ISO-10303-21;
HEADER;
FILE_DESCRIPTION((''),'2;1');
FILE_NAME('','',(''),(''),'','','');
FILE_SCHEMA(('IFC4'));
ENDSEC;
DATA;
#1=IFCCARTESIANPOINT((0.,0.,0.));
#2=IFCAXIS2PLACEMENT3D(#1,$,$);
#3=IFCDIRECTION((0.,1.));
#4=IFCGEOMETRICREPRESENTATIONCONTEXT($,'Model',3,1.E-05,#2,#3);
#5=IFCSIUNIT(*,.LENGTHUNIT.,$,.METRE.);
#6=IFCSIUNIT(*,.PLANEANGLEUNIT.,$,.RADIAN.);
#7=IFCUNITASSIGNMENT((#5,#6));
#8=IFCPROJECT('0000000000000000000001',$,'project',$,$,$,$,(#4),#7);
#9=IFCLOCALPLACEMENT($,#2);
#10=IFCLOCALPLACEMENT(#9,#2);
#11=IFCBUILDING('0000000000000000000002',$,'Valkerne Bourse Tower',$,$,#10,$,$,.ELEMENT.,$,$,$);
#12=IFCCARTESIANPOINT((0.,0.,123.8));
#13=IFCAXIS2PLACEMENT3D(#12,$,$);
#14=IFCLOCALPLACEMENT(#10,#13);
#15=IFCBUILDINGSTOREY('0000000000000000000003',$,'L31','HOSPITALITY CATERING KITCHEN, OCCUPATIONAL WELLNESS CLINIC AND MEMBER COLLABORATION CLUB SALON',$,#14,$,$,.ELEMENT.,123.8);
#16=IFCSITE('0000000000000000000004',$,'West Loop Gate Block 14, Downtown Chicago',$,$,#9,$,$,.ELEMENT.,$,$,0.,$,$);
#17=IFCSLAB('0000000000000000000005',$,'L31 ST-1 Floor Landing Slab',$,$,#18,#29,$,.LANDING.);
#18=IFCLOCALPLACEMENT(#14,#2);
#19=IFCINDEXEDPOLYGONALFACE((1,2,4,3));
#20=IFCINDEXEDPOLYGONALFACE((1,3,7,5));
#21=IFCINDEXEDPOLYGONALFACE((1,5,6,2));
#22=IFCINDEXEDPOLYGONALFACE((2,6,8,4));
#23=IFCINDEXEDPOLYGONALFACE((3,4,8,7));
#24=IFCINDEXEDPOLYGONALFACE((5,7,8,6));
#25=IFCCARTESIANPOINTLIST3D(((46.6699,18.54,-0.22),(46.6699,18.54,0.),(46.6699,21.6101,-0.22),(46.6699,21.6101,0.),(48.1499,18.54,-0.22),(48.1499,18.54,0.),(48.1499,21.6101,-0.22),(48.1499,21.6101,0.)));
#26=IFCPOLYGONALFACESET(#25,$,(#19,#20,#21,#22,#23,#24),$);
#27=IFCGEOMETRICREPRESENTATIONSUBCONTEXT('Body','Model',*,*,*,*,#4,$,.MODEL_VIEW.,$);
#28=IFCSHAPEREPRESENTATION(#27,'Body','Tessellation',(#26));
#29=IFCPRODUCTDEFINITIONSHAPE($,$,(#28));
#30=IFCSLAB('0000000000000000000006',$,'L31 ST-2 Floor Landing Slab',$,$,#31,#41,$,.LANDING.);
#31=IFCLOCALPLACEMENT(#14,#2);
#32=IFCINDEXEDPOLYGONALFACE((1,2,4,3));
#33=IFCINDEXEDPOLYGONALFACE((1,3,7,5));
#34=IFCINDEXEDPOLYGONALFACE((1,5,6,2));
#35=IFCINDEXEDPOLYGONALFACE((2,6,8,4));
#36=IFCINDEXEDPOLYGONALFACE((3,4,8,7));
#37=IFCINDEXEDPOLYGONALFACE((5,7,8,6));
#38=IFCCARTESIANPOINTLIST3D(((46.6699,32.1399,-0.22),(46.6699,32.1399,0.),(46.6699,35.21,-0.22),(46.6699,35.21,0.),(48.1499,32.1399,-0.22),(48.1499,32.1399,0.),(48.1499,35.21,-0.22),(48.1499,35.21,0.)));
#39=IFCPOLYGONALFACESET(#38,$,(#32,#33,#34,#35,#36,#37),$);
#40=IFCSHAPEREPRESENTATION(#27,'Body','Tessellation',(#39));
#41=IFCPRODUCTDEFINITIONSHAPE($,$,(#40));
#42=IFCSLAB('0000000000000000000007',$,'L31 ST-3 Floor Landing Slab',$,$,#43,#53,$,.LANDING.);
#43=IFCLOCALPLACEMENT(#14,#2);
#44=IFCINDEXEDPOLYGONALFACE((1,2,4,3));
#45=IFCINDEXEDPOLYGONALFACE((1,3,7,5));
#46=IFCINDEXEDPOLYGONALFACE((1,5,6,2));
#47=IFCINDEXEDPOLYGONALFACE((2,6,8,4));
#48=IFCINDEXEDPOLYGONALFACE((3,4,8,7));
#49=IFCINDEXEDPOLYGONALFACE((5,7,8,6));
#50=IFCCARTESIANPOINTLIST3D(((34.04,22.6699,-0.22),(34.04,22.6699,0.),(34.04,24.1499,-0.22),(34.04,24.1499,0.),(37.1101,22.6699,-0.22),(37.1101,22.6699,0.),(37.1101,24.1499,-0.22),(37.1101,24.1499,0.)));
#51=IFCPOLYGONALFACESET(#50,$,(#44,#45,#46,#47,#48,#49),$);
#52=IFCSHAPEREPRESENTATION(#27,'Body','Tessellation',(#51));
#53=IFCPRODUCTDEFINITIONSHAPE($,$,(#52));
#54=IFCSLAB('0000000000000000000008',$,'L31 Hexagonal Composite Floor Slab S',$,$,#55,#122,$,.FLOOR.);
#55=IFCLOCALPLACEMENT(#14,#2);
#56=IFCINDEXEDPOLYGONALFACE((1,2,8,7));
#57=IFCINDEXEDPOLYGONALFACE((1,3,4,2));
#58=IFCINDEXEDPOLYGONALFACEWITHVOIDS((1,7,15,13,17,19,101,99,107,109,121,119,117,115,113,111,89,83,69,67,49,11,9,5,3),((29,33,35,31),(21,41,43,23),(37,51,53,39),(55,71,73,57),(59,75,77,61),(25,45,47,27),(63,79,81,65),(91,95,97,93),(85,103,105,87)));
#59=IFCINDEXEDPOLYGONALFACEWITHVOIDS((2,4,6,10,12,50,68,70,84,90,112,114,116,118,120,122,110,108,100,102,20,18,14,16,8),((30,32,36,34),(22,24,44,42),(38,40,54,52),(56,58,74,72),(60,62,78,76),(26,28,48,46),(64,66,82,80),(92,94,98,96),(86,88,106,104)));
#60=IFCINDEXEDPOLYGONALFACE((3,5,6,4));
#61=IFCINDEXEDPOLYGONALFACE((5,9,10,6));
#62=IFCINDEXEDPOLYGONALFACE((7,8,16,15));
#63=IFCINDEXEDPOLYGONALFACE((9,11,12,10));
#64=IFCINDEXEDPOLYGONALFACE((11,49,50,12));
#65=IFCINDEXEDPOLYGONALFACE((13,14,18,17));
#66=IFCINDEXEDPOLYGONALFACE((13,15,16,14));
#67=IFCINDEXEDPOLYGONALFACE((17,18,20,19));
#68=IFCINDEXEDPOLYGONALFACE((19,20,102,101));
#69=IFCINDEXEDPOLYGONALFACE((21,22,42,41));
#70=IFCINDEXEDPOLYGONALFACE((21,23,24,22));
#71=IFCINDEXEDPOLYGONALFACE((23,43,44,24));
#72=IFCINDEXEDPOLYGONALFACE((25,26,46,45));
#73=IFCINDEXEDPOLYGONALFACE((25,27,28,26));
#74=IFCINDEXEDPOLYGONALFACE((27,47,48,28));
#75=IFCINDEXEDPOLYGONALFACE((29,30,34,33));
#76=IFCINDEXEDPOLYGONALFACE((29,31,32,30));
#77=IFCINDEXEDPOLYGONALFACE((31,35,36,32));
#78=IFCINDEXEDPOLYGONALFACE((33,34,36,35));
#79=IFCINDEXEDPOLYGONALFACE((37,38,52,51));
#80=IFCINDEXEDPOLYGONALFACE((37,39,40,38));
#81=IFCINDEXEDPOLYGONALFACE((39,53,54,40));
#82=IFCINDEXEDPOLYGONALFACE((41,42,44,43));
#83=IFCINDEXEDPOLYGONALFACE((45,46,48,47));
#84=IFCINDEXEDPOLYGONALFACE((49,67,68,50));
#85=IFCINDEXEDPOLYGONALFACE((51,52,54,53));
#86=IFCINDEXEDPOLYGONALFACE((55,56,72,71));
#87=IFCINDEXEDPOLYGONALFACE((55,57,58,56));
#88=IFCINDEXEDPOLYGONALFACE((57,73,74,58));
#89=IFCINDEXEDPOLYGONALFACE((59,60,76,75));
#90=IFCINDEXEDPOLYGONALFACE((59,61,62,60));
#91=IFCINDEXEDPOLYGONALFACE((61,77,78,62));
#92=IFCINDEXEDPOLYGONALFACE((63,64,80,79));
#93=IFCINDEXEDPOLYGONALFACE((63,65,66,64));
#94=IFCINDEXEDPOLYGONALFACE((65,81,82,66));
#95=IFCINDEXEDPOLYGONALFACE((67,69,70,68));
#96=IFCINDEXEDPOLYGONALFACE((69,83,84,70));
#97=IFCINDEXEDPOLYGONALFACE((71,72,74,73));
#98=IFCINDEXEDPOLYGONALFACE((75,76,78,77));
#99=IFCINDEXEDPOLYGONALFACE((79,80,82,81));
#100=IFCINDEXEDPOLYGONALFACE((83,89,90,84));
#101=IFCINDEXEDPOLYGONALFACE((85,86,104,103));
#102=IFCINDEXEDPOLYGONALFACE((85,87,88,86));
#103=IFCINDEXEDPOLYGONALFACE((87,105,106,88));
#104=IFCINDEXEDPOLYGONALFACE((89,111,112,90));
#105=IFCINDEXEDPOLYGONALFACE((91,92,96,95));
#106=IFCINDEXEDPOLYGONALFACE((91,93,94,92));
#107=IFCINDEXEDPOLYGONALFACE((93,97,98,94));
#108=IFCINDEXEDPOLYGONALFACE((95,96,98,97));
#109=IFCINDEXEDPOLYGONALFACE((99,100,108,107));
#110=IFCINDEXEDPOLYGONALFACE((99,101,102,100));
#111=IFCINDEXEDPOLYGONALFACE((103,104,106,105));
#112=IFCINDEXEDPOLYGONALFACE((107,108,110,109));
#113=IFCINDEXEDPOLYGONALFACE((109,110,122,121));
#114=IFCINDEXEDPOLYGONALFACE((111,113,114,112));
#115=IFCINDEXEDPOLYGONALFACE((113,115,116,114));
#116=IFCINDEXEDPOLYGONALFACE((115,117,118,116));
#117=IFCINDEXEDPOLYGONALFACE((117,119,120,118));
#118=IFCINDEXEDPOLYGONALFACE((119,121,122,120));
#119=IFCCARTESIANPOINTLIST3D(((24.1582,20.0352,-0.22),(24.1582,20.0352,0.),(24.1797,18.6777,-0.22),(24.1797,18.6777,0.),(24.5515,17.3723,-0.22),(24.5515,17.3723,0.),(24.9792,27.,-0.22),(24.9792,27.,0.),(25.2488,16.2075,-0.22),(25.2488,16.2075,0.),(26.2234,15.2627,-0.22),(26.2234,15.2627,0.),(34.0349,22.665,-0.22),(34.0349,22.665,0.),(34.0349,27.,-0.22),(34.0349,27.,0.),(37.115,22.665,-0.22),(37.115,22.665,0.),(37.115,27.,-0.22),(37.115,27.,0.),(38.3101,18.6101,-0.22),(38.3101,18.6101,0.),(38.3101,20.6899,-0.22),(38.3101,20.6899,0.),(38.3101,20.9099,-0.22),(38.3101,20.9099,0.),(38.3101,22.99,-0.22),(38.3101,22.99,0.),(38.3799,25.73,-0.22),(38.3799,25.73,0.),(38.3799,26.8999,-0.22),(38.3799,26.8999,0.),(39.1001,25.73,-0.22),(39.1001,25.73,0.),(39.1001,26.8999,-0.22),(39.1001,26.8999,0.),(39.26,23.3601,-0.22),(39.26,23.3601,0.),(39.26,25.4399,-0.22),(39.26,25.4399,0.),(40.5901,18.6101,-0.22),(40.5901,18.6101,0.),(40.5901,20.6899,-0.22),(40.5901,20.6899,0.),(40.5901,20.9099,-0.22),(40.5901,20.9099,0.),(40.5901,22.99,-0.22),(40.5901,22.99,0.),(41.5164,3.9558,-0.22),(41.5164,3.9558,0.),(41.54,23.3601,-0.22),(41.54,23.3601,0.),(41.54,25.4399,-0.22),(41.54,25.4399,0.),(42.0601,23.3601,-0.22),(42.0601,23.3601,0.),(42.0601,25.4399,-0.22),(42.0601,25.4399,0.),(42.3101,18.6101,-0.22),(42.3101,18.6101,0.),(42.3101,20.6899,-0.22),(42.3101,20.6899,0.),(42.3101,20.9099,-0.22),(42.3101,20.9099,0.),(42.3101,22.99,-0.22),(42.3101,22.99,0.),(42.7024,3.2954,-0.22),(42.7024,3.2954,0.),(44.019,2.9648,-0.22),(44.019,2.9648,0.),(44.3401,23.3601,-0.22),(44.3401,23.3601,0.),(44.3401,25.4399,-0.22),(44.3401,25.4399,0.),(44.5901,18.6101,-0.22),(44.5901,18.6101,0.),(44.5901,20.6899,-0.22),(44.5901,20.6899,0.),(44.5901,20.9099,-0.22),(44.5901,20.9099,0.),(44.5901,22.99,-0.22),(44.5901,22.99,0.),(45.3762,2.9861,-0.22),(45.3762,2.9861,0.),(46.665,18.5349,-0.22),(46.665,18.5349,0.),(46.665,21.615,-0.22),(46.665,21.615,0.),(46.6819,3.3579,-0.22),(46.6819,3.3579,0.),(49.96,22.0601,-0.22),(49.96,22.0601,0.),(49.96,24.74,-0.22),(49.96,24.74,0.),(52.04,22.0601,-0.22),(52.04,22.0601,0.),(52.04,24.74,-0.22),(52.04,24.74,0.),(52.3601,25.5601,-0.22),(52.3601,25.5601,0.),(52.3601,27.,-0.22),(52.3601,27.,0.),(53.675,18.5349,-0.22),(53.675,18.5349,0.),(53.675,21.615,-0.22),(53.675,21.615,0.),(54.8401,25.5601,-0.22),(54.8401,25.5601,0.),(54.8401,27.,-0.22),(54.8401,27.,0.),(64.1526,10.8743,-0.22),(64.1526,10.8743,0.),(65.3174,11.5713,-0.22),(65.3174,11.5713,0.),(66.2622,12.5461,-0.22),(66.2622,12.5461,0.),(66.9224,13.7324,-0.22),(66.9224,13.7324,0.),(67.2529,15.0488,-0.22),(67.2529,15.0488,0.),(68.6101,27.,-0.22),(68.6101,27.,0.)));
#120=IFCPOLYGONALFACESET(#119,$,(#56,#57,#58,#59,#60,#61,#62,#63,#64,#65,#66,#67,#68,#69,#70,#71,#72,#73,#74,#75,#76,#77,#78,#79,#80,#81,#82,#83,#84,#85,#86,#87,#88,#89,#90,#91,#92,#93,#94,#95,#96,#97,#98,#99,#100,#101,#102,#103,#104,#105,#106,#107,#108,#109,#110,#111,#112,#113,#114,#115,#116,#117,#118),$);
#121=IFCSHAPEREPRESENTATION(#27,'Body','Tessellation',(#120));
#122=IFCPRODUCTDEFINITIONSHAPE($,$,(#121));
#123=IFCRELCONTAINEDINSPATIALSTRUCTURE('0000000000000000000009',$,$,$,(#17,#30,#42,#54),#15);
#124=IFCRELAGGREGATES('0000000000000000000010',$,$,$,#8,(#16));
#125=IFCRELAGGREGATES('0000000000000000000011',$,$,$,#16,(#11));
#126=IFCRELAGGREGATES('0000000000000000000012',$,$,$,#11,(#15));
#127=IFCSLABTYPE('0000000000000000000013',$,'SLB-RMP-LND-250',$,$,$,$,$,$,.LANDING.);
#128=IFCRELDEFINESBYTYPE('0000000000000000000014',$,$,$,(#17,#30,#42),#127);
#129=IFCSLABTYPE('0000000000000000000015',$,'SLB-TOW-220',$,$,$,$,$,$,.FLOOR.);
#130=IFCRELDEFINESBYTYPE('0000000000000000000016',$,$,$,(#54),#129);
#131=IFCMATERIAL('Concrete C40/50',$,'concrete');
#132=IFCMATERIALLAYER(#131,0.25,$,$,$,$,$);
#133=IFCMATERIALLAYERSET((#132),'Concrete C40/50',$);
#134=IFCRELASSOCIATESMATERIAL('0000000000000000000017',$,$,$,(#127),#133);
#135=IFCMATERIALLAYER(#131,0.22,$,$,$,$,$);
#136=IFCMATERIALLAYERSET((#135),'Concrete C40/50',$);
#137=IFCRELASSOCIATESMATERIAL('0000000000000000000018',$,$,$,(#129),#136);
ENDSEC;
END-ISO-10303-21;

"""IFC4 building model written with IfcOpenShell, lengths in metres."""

from ifc_helpers import new_model, si_unit, direction, frame, origin, place, context, subcontext, project, spatial, polyline, outline, extrude, material, layer, layer_set, type_object, element, save


model = new_model("IFC4")

# Units and contexts
model_context = context("Model", 3, precision=1e-05, world=origin(), true_north=direction((0.0, 1.0)))
body_context = subcontext(model_context, "Body", "Model", "MODEL_VIEW")
ifc_project = project(units=[si_unit("LENGTHUNIT", "METRE"), si_unit("PLANEANGLEUNIT", "RADIAN")], contexts=[model_context])

# Site, building, storey
site_placement = place(None, origin())
site = spatial("IfcSite", under=ifc_project, at=site_placement, Name="West Loop Gate Block 14, Downtown Chicago", CompositionType="ELEMENT", RefElevation=0.0)
building_placement = place(site_placement, origin())
building = spatial("IfcBuilding", under=site, at=building_placement, Name="Valkerne Bourse Tower", CompositionType="ELEMENT")
storey_placement = place(building_placement, frame((0.0, 0.0, 123.8)))
storey = spatial("IfcBuildingStorey", under=building, at=storey_placement, Name="L31", Description="HOSPITALITY CATERING KITCHEN, OCCUPATIONAL WELLNESS CLINIC AND MEMBER COLLABORATION CLUB SALON", CompositionType="ELEMENT", Elevation=123.8)

# Slabs
ifc_material_1 = material(Name="Concrete C40/50", Category="concrete")
ifc_layer_1 = layer(ifc_material_1, 0.25)
ifc_layer_set_1 = layer_set([ifc_layer_1], Name="Concrete C40/50")
slab_type_1 = type_object("IfcSlabType", Name="SLB-RMP-LND-250", PredefinedType="LANDING", material=ifc_layer_set_1)
slab_1_placement = place(storey_placement, frame((0.0, 0.0, -0.22)))
element("IfcSlab", 1, at=slab_1_placement, inside=storey, type_object=slab_type_1, Name="L31 ST-1 Floor Landing Slab", PredefinedType="LANDING", context=body_context, shape_type="SweptSolid", body=[
    extrude(outline(polyline([(46.6699, 18.54), (48.1499, 18.54), (48.1499, 21.6101), (46.6699, 21.6101), (46.6699, 18.54)])), origin(), (0.0, 0.0, 1.0), 0.22),
])
slab_2_placement = place(storey_placement, frame((0.0, 0.0, -0.22)))
element("IfcSlab", 2, at=slab_2_placement, inside=storey, type_object=slab_type_1, Name="L31 ST-2 Floor Landing Slab", PredefinedType="LANDING", context=body_context, shape_type="SweptSolid", body=[
    extrude(outline(polyline([(46.6699, 32.1399), (48.1499, 32.1399), (48.1499, 35.21), (46.6699, 35.21), (46.6699, 32.1399)])), origin(), (0.0, 0.0, 1.0), 0.22),
])
slab_3_placement = place(storey_placement, frame((0.0, 0.0, -0.22)))
element("IfcSlab", 3, at=slab_3_placement, inside=storey, type_object=slab_type_1, Name="L31 ST-3 Floor Landing Slab", PredefinedType="LANDING", context=body_context, shape_type="SweptSolid", body=[
    extrude(outline(polyline([(37.1101, 22.6699), (37.1101, 24.1499), (34.04, 24.1499), (34.04, 22.6699), (37.1101, 22.6699)])), origin(), (0.0, 0.0, 1.0), 0.22),
])
ifc_layer_2 = layer(ifc_material_1, 0.22)
ifc_layer_set_2 = layer_set([ifc_layer_2], Name="Concrete C40/50")
slab_type_2 = type_object("IfcSlabType", Name="SLB-TOW-220", PredefinedType="FLOOR", material=ifc_layer_set_2)
slab_4_placement = place(storey_placement, frame((0.0, 0.0, -0.22)))
element("IfcSlab", 4, at=slab_4_placement, inside=storey, type_object=slab_type_2, Name="L31 Hexagonal Composite Floor Slab S", PredefinedType="FLOOR", context=body_context, shape_type="SweptSolid", body=[
    extrude(outline(polyline([(66.9224, 13.7324), (66.2622, 12.5461), (65.3174, 11.5713), (64.1526, 10.8743), (46.6819, 3.3579), (45.3762, 2.9861), (44.019, 2.9648), (42.7024, 3.2954), (41.5164, 3.9558), (26.2234, 15.2627), (25.2488, 16.2075), (24.5515, 17.3723), (24.1797, 18.6777), (24.1582, 20.0352), (24.9792, 27.0), (34.0349, 27.0), (34.0349, 22.665), (37.115, 22.665), (37.115, 27.0), (52.3601, 27.0), (52.3601, 25.5601), (54.8401, 25.5601), (54.8401, 27.0), (68.6101, 27.0), (67.2529, 15.0488), (66.9224, 13.7324)]), holes=[polyline([(40.5901, 20.6899), (38.3101, 20.6899), (38.3101, 18.6101), (40.5901, 18.6101), (40.5901, 20.6899)]), polyline([(40.5901, 22.99), (38.3101, 22.99), (38.3101, 20.9099), (40.5901, 20.9099), (40.5901, 22.99)]), polyline([(41.54, 25.4399), (39.26, 25.4399), (39.26, 23.3601), (41.54, 23.3601), (41.54, 25.4399)]), polyline([(39.1001, 25.73), (39.1001, 26.8999), (38.3799, 26.8999), (38.3799, 25.73), (39.1001, 25.73)]), polyline([(44.5901, 20.6899), (42.3101, 20.6899), (42.3101, 18.6101), (44.5901, 18.6101), (44.5901, 20.6899)]), polyline([(53.675, 21.615), (46.665, 21.615), (46.665, 18.5349), (53.675, 18.5349), (53.675, 21.615)]), polyline([(44.5901, 22.99), (42.3101, 22.99), (42.3101, 20.9099), (44.5901, 20.9099), (44.5901, 22.99)]), polyline([(52.04, 22.0601), (52.04, 24.74), (49.96, 24.74), (49.96, 22.0601), (52.04, 22.0601)]), polyline([(44.3401, 23.3601), (44.3401, 25.4399), (42.0601, 25.4399), (42.0601, 23.3601), (44.3401, 23.3601)])]), origin(), (0.0, 0.0, 1.0), 0.22),
])

save(model, "model.ifc")
